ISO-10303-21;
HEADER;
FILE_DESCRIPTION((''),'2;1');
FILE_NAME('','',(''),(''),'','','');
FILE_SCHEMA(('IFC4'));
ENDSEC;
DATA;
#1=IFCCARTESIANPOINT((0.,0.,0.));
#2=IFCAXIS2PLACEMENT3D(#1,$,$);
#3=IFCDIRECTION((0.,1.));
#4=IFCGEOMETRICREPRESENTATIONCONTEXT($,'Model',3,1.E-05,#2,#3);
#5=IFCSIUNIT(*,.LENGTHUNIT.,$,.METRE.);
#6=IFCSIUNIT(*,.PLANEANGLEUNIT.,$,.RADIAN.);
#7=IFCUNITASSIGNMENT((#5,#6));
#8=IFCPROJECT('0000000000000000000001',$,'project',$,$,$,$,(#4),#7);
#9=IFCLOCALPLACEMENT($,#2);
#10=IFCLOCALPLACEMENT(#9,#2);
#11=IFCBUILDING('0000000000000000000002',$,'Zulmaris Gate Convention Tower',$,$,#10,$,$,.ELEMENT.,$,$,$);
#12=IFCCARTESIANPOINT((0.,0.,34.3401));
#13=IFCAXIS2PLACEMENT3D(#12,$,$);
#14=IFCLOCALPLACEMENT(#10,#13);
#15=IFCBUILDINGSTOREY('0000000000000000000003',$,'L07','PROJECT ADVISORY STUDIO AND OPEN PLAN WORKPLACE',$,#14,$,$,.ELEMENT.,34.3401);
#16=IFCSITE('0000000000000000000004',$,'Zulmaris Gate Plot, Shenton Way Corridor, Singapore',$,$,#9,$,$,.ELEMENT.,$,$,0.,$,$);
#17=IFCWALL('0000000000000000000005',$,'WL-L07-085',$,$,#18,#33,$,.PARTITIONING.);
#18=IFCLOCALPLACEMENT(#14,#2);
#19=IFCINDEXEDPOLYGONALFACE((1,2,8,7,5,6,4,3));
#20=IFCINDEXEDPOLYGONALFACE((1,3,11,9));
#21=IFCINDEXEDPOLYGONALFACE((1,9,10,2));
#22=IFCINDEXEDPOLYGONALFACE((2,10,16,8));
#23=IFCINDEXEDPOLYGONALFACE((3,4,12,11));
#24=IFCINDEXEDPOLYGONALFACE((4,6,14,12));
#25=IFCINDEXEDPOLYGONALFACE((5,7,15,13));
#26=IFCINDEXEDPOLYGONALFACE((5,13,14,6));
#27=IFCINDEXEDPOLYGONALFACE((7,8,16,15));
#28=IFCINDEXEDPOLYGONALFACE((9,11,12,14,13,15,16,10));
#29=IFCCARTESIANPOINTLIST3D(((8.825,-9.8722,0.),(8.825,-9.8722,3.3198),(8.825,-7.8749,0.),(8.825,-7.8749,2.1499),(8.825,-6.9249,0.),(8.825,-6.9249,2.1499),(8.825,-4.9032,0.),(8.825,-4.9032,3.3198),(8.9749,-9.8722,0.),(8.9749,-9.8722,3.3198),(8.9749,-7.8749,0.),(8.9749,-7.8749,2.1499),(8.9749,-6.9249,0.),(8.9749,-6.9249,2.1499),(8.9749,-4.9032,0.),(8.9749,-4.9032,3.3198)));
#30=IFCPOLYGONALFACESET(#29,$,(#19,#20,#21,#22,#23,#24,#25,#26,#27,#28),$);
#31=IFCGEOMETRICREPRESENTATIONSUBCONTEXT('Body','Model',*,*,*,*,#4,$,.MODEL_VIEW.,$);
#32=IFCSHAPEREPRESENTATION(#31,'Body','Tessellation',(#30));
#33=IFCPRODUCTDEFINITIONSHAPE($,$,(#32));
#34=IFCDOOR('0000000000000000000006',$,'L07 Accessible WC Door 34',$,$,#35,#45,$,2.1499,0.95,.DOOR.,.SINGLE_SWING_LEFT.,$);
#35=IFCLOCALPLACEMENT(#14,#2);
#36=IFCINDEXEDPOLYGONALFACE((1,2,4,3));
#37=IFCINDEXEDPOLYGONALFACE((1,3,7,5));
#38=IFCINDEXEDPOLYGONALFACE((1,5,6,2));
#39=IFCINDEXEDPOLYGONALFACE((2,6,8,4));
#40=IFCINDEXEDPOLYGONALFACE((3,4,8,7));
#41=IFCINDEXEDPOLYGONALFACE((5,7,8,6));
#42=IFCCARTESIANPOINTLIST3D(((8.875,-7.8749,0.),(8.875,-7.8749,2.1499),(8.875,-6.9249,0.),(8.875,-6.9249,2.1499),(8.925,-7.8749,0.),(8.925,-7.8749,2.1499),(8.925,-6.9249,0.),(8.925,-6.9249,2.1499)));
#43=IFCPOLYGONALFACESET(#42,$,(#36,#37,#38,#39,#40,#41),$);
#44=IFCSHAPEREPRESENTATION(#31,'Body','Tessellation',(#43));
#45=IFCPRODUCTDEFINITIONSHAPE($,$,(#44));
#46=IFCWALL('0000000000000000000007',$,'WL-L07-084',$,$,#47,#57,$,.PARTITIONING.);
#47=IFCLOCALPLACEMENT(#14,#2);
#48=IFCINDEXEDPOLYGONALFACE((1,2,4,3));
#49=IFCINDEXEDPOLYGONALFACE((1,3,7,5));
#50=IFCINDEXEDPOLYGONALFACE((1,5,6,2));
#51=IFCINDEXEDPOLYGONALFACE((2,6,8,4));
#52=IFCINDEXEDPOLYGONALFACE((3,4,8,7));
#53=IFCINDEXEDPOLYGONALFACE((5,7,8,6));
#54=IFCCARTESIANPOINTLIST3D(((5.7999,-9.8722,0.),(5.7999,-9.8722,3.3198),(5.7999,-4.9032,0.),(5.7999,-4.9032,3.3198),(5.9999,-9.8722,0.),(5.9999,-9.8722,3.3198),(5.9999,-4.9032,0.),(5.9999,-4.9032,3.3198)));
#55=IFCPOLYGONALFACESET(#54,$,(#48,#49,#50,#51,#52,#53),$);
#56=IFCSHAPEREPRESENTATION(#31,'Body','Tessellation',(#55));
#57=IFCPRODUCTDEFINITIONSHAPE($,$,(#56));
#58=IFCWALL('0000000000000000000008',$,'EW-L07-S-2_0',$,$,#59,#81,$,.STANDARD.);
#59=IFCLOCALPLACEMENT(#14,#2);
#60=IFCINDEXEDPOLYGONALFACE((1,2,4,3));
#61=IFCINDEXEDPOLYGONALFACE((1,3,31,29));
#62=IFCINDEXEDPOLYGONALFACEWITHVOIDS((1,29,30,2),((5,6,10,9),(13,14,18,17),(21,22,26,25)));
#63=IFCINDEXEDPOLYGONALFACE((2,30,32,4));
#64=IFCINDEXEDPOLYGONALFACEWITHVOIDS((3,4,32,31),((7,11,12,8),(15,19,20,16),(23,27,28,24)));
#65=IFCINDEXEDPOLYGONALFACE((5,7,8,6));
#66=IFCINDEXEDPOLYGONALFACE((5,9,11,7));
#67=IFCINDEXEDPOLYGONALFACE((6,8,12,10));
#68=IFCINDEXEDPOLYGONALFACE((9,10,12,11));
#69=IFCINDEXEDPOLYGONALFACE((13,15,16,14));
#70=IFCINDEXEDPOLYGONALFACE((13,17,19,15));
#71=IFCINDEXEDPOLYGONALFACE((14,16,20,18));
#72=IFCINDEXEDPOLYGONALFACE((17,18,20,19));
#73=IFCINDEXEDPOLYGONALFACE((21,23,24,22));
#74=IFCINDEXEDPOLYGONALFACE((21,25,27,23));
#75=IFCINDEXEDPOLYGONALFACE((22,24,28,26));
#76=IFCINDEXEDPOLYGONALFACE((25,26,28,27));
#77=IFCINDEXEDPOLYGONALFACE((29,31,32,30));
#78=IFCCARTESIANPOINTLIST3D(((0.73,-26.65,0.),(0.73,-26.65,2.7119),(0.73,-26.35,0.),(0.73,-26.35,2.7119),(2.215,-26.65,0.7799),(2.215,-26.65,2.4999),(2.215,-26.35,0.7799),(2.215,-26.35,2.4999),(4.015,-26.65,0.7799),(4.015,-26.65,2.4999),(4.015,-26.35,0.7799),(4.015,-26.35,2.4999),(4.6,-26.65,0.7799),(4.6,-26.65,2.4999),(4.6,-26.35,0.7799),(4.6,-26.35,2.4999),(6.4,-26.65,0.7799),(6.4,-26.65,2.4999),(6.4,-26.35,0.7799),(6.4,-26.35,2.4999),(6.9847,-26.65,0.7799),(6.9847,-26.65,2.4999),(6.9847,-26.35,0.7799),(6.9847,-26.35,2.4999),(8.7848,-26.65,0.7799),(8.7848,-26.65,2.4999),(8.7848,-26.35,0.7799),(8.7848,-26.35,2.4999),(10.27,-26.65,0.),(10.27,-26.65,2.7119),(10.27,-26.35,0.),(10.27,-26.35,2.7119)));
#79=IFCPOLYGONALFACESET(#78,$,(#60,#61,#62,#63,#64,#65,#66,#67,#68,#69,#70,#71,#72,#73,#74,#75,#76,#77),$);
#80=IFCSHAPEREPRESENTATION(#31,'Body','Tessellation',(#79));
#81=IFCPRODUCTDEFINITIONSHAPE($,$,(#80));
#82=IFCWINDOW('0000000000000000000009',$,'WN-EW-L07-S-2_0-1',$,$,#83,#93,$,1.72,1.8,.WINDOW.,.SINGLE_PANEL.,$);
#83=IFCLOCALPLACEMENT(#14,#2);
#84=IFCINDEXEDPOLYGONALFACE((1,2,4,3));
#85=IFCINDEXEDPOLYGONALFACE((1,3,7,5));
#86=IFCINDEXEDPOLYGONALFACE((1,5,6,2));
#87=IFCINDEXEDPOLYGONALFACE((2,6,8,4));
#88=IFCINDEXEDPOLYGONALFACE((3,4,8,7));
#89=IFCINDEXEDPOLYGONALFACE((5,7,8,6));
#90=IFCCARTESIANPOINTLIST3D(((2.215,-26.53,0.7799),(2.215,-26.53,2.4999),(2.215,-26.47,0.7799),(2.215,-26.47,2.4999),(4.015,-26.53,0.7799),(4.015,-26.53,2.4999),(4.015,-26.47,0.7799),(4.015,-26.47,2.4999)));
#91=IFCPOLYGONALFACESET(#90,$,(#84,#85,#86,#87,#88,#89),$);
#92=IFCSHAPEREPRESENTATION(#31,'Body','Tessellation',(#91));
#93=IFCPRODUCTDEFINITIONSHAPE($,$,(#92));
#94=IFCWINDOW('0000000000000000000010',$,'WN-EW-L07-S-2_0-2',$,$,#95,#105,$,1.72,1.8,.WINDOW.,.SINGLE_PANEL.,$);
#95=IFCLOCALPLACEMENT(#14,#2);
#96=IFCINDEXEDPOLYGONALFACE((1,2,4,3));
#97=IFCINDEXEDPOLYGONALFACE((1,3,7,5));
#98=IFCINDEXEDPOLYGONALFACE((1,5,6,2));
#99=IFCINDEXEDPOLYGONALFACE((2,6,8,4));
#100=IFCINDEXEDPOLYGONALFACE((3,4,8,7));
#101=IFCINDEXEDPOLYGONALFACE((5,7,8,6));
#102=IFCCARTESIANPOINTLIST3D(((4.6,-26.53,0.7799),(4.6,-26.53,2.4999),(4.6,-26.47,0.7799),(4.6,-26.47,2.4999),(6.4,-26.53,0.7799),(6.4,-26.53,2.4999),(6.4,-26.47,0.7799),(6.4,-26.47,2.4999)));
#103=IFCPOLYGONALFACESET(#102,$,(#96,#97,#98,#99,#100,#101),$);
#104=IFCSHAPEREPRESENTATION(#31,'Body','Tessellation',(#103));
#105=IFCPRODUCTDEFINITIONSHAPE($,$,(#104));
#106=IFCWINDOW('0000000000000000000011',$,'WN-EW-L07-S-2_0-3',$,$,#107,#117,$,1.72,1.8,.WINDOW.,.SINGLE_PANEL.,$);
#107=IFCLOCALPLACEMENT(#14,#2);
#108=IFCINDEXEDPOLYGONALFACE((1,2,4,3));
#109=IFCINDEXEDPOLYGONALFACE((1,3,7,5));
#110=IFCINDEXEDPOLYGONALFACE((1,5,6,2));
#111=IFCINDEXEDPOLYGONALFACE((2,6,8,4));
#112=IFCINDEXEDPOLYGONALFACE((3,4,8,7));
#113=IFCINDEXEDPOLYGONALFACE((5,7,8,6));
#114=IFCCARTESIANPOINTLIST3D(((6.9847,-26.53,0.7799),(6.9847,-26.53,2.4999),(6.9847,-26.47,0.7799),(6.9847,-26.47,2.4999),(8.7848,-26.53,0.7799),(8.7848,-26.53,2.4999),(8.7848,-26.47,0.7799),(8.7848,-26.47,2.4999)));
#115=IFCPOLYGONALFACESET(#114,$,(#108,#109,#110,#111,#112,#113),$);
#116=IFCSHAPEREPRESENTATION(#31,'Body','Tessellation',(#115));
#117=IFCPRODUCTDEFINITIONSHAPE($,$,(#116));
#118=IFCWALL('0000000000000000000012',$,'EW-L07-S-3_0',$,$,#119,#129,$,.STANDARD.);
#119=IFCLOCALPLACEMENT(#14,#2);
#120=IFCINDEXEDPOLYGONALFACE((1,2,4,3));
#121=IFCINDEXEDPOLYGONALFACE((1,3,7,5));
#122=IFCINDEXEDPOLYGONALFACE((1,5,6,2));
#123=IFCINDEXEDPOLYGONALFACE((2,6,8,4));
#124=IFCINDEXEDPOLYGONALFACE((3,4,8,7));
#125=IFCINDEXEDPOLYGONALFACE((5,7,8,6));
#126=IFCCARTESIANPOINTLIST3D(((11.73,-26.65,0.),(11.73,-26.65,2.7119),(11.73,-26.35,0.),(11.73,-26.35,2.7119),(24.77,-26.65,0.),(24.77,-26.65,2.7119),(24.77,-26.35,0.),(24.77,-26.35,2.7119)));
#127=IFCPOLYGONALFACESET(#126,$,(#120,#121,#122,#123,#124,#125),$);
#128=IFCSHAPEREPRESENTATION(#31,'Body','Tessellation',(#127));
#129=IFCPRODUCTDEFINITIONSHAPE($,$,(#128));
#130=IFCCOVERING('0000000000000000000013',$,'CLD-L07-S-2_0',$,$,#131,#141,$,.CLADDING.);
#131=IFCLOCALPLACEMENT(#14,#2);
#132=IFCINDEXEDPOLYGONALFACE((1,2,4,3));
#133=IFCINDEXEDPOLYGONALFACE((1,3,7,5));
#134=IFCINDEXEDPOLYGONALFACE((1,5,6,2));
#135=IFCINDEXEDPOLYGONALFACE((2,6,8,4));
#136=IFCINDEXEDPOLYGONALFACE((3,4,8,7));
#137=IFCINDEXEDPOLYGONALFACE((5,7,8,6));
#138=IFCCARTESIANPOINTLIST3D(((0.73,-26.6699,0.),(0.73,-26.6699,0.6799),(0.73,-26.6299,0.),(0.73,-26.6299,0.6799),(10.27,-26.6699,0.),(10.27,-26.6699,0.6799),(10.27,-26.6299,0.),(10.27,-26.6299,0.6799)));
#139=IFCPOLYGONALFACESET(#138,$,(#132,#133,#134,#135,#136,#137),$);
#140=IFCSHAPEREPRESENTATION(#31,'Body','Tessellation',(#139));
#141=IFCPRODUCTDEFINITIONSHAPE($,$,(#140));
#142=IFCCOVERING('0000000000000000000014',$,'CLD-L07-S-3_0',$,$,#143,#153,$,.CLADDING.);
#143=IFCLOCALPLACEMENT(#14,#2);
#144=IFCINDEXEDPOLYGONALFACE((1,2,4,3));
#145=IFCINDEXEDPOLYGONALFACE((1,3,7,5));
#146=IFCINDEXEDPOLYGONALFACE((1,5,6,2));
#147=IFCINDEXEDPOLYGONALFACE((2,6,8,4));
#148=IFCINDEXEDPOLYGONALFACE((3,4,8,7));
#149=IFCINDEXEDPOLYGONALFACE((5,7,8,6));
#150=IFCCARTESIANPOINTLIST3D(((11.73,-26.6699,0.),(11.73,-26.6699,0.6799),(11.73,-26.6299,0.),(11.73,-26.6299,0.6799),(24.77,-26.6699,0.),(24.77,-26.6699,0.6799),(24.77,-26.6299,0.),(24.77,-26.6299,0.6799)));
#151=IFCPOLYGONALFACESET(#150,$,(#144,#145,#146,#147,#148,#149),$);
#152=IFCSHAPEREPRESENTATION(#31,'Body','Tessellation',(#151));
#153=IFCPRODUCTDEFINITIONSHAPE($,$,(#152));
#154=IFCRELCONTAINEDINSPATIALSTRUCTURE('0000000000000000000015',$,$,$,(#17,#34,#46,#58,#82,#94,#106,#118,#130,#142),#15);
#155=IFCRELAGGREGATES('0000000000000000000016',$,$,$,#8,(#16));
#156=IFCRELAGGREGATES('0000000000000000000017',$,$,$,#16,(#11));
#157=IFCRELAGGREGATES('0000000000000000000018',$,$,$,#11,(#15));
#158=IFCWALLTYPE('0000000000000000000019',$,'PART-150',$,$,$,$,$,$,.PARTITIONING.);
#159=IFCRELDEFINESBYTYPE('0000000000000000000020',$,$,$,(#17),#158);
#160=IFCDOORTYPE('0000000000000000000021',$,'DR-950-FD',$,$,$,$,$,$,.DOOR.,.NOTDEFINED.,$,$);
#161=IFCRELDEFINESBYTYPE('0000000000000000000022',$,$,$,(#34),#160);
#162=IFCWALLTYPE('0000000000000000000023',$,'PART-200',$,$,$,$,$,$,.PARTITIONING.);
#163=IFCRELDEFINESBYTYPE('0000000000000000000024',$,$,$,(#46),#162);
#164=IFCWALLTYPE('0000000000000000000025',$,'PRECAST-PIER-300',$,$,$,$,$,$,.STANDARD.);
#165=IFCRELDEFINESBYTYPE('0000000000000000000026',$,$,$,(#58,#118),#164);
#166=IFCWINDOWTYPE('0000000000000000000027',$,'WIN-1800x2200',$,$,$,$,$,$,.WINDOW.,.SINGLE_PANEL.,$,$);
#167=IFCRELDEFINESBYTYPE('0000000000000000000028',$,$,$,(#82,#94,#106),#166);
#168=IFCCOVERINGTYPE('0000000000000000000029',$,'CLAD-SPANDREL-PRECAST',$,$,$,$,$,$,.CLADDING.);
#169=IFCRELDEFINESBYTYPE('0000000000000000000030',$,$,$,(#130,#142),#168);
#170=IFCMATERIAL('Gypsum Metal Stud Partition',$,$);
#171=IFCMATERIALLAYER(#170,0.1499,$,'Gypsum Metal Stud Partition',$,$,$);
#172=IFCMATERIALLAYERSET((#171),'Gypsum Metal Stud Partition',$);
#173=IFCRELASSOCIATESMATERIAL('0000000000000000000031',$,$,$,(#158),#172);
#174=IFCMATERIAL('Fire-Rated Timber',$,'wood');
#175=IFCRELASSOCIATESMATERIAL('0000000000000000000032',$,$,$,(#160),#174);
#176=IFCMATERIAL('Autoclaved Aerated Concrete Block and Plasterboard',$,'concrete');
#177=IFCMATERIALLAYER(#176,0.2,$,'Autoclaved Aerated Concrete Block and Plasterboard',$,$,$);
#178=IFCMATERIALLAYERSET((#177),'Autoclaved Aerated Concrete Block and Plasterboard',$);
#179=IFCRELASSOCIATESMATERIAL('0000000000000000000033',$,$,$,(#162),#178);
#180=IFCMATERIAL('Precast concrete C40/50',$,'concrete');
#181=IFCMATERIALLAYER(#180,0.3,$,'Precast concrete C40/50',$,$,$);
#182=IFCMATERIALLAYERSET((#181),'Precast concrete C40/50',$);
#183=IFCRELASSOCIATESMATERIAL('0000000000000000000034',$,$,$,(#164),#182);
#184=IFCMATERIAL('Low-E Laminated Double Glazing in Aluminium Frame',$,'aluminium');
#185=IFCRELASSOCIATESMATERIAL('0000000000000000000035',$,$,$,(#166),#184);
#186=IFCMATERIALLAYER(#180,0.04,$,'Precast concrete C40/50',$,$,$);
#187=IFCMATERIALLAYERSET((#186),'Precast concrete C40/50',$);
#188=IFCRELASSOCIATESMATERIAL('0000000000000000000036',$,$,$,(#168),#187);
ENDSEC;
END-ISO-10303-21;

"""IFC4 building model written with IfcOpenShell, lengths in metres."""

from ifc_helpers import new_model, si_unit, direction, frame, frame_2d, origin, place, context, subcontext, project, spatial, rectangle, extrude, material, layer, layer_set, type_object, element, fill, save


model = new_model("IFC4")

# Units and contexts
model_context = context("Model", 3, precision=1e-05, world=origin(), true_north=direction((0.0, 1.0)))
body_context = subcontext(model_context, "Body", "Model", "MODEL_VIEW")
ifc_project = project(units=[si_unit("LENGTHUNIT", "METRE"), si_unit("PLANEANGLEUNIT", "RADIAN")], contexts=[model_context])

# Site, building, storey
site_placement = place(None, origin())
site = spatial("IfcSite", under=ifc_project, at=site_placement, Name="Zulmaris Gate Plot, Shenton Way Corridor, Singapore", CompositionType="ELEMENT", RefElevation=0.0)
building_placement = place(site_placement, origin())
building = spatial("IfcBuilding", under=site, at=building_placement, Name="Zulmaris Gate Convention Tower", CompositionType="ELEMENT")
storey_placement = place(building_placement, frame((0.0, 0.0, 34.3401)))
storey = spatial("IfcBuildingStorey", under=building, at=storey_placement, Name="L07", Description="PROJECT ADVISORY STUDIO AND OPEN PLAN WORKPLACE", CompositionType="ELEMENT", Elevation=34.3401)

# Shared definitions
ifc_material_1 = material(Name="Gypsum Metal Stud Partition")
ifc_layer_1 = layer(ifc_material_1, 0.1499, Name="Gypsum Metal Stud Partition")
ifc_layer_set_1 = layer_set([ifc_layer_1], Name="Gypsum Metal Stud Partition")
wall_type_1 = type_object("IfcWallType", Name="PART-150", PredefinedType="PARTITIONING", material=ifc_layer_set_1)

# Wall, opening, door
wall_1_placement = place(storey_placement, frame((8.8999, -9.8721, 0.0), z_axis=(0.0, 0.0, 1.0), x_axis=(0.0, 1.0, 0.0)))
wall_1 = element("IfcWall", 1, at=wall_1_placement, inside=storey, type_object=wall_type_1, Name="WL-L07-085", PredefinedType="PARTITIONING", context=body_context, shape_type="SweptSolid", body=[
    extrude(rectangle(XDim=4.969, YDim=0.1499, at=frame_2d((2.4844, 0.0))), origin(), (0.0, 0.0, 1.0), 3.3198),
])
opening_1_placement = place(wall_1_placement, frame((1.9971, 0.0, 0.0)))
opening_1 = element("IfcOpeningElement", 2, at=opening_1_placement, cuts=wall_1, PredefinedType="OPENING", context=body_context, shape_type="SweptSolid", body=[
    extrude(rectangle(XDim=0.95, YDim=2.1499, at=frame_2d((0.4751, 1.075))), frame((0.0, 0.085, 0.0), z_axis=(0.0, -1.0, 0.0), x_axis=(1.0, 0.0, 0.0)), (0.0, 0.0, 1.0), 0.1699),
])
ifc_material_2 = material(Name="Fire-Rated Timber", Category="wood")
door_type = type_object("IfcDoorType", Name="DR-950-FD", OperationType="NOTDEFINED", PredefinedType="DOOR", material=ifc_material_2)
door_placement = place(opening_1_placement, origin())
door = element("IfcDoor", 3, at=door_placement, inside=storey, type_object=door_type, Name="L07 Accessible WC Door 34", OperationType="SINGLE_SWING_LEFT", OverallHeight=2.1499, OverallWidth=0.95, PredefinedType="DOOR", context=body_context, shape_type="SweptSolid", body=[
    extrude(rectangle(XDim=0.95, YDim=2.1499, at=frame_2d((0.4751, 1.075))), frame((0.0, 0.0249, 0.0), z_axis=(0.0, -1.0, 0.0), x_axis=(1.0, 0.0, 0.0)), (0.0, 0.0, 1.0), 0.05),
])
fill(opening_1, door)

# Wall
ifc_material_3 = material(Name="Autoclaved Aerated Concrete Block and Plasterboard", Category="concrete")
ifc_layer_2 = layer(ifc_material_3, 0.2, Name="Autoclaved Aerated Concrete Block and Plasterboard")
ifc_layer_set_2 = layer_set([ifc_layer_2], Name="Autoclaved Aerated Concrete Block and Plasterboard")
wall_type_2 = type_object("IfcWallType", Name="PART-200", PredefinedType="PARTITIONING", material=ifc_layer_set_2)
wall_2_placement = place(storey_placement, frame((5.8999, -9.8721, 0.0), z_axis=(0.0, 0.0, 1.0), x_axis=(0.0, 1.0, 0.0)))
element("IfcWall", 4, at=wall_2_placement, inside=storey, type_object=wall_type_2, Name="WL-L07-084", PredefinedType="PARTITIONING", context=body_context, shape_type="SweptSolid", body=[
    extrude(rectangle(XDim=4.969, YDim=0.2, at=frame_2d((2.4844, 0.0))), origin(), (0.0, 0.0, 1.0), 3.3198),
])

# Wall, openings, windows
ifc_material_4 = material(Name="Precast concrete C40/50", Category="concrete")
ifc_layer_3 = layer(ifc_material_4, 0.3, Name="Precast concrete C40/50")
ifc_layer_set_3 = layer_set([ifc_layer_3], Name="Precast concrete C40/50")
wall_type_3 = type_object("IfcWallType", Name="PRECAST-PIER-300", PredefinedType="STANDARD", material=ifc_layer_set_3)
wall_3_placement = place(storey_placement, frame((0.73, -26.5, 0.0), z_axis=(0.0, 0.0, 1.0), x_axis=(1.0, 0.0, 0.0)))
wall_3 = element("IfcWall", 5, at=wall_3_placement, inside=storey, type_object=wall_type_3, Name="EW-L07-S-2_0", PredefinedType="STANDARD", context=body_context, shape_type="SweptSolid", body=[
    extrude(rectangle(XDim=9.54, YDim=0.3, at=frame_2d((4.77, 0.0))), origin(), (0.0, 0.0, 1.0), 2.7119),
])
opening_2_placement = place(wall_3_placement, frame((1.4851, 0.0, 0.78)))
opening_2 = element("IfcOpeningElement", 6, at=opening_2_placement, cuts=wall_3, PredefinedType="OPENING", context=body_context, shape_type="SweptSolid", body=[
    extrude(rectangle(XDim=1.8, YDim=1.72, at=frame_2d((0.8999, 0.8599))), frame((0.0, 0.1602, 0.0), z_axis=(0.0, -1.0, 0.0), x_axis=(1.0, 0.0, 0.0)), (0.0, 0.0, 1.0), 0.3201),
])
opening_3_placement = place(wall_3_placement, frame((3.8701, 0.0, 0.78)))
opening_3 = element("IfcOpeningElement", 7, at=opening_3_placement, cuts=wall_3, PredefinedType="OPENING", context=body_context, shape_type="SweptSolid", body=[
    extrude(rectangle(XDim=1.8, YDim=1.72, at=frame_2d((0.8999, 0.8599))), frame((0.0, 0.1602, 0.0), z_axis=(0.0, -1.0, 0.0), x_axis=(1.0, 0.0, 0.0)), (0.0, 0.0, 1.0), 0.3201),
])
opening_4_placement = place(wall_3_placement, frame((6.2549, 0.0, 0.78)))
opening_4 = element("IfcOpeningElement", 8, at=opening_4_placement, cuts=wall_3, PredefinedType="OPENING", context=body_context, shape_type="SweptSolid", body=[
    extrude(rectangle(XDim=1.8, YDim=1.72, at=frame_2d((0.8999, 0.8599))), frame((0.0, 0.1602, 0.0), z_axis=(0.0, -1.0, 0.0), x_axis=(1.0, 0.0, 0.0)), (0.0, 0.0, 1.0), 0.3201),
])
ifc_material_5 = material(Name="Low-E Laminated Double Glazing in Aluminium Frame", Category="aluminium")
window_type = type_object("IfcWindowType", Name="WIN-1800x2200", PartitioningType="SINGLE_PANEL", PredefinedType="WINDOW", material=ifc_material_5)
window_1_placement = place(opening_2_placement, origin())
window_1 = element("IfcWindow", 9, at=window_1_placement, inside=storey, type_object=window_type, Name="WN-EW-L07-S-2_0-1", OverallHeight=1.72, OverallWidth=1.8, PartitioningType="SINGLE_PANEL", PredefinedType="WINDOW", context=body_context, shape_type="SweptSolid", body=[
    extrude(rectangle(XDim=1.8, YDim=1.72, at=frame_2d((0.8999, 0.8599))), frame((0.0, 0.03, 0.0), z_axis=(0.0, -1.0, 0.0), x_axis=(1.0, 0.0, 0.0)), (0.0, 0.0, 1.0), 0.0601),
])
fill(opening_2, window_1)
window_2_placement = place(opening_3_placement, origin())
window_2 = element("IfcWindow", 10, at=window_2_placement, inside=storey, type_object=window_type, Name="WN-EW-L07-S-2_0-2", OverallHeight=1.72, OverallWidth=1.8, PartitioningType="SINGLE_PANEL", PredefinedType="WINDOW", context=body_context, shape_type="SweptSolid", body=[
    extrude(rectangle(XDim=1.8, YDim=1.72, at=frame_2d((0.8999, 0.8599))), frame((0.0, 0.03, 0.0), z_axis=(0.0, -1.0, 0.0), x_axis=(1.0, 0.0, 0.0)), (0.0, 0.0, 1.0), 0.0601),
])
fill(opening_3, window_2)
window_3_placement = place(opening_4_placement, origin())
window_3 = element("IfcWindow", 11, at=window_3_placement, inside=storey, type_object=window_type, Name="WN-EW-L07-S-2_0-3", OverallHeight=1.72, OverallWidth=1.8, PartitioningType="SINGLE_PANEL", PredefinedType="WINDOW", context=body_context, shape_type="SweptSolid", body=[
    extrude(rectangle(XDim=1.8, YDim=1.72, at=frame_2d((0.8999, 0.8599))), frame((0.0, 0.03, 0.0), z_axis=(0.0, -1.0, 0.0), x_axis=(1.0, 0.0, 0.0)), (0.0, 0.0, 1.0), 0.0601),
])
fill(opening_4, window_3)

# Wall
wall_4_placement = place(storey_placement, frame((11.73, -26.5, 0.0), z_axis=(0.0, 0.0, 1.0), x_axis=(1.0, 0.0, 0.0)))
element("IfcWall", 12, at=wall_4_placement, inside=storey, type_object=wall_type_3, Name="EW-L07-S-3_0", PredefinedType="STANDARD", context=body_context, shape_type="SweptSolid", body=[
    extrude(rectangle(XDim=13.04, YDim=0.3, at=frame_2d((6.52, 0.0))), origin(), (0.0, 0.0, 1.0), 2.7119),
])

# Coverings
ifc_layer_4 = layer(ifc_material_4, 0.04, Name="Precast concrete C40/50")
ifc_layer_set_4 = layer_set([ifc_layer_4], Name="Precast concrete C40/50")
covering_type = type_object("IfcCoveringType", Name="CLAD-SPANDREL-PRECAST", PredefinedType="CLADDING", material=ifc_layer_set_4)
covering_1_placement = place(storey_placement, frame((0.73, -26.6499, 0.0), z_axis=(0.0, 0.0, 1.0), x_axis=(1.0, 0.0, 0.0)))
element("IfcCovering", 13, at=covering_1_placement, inside=storey, type_object=covering_type, Name="CLD-L07-S-2_0", PredefinedType="CLADDING", context=body_context, shape_type="SweptSolid", body=[
    extrude(rectangle(XDim=9.54, YDim=0.04, at=frame_2d((4.77, 0.0))), origin(), (0.0, 0.0, 1.0), 0.6799),
])
covering_2_placement = place(storey_placement, frame((11.73, -26.6499, 0.0), z_axis=(0.0, 0.0, 1.0), x_axis=(1.0, 0.0, 0.0)))
element("IfcCovering", 14, at=covering_2_placement, inside=storey, type_object=covering_type, Name="CLD-L07-S-3_0", PredefinedType="CLADDING", context=body_context, shape_type="SweptSolid", body=[
    extrude(rectangle(XDim=13.04, YDim=0.04, at=frame_2d((6.52, 0.0))), origin(), (0.0, 0.0, 1.0), 0.6799),
])

save(model, "model.ifc")
